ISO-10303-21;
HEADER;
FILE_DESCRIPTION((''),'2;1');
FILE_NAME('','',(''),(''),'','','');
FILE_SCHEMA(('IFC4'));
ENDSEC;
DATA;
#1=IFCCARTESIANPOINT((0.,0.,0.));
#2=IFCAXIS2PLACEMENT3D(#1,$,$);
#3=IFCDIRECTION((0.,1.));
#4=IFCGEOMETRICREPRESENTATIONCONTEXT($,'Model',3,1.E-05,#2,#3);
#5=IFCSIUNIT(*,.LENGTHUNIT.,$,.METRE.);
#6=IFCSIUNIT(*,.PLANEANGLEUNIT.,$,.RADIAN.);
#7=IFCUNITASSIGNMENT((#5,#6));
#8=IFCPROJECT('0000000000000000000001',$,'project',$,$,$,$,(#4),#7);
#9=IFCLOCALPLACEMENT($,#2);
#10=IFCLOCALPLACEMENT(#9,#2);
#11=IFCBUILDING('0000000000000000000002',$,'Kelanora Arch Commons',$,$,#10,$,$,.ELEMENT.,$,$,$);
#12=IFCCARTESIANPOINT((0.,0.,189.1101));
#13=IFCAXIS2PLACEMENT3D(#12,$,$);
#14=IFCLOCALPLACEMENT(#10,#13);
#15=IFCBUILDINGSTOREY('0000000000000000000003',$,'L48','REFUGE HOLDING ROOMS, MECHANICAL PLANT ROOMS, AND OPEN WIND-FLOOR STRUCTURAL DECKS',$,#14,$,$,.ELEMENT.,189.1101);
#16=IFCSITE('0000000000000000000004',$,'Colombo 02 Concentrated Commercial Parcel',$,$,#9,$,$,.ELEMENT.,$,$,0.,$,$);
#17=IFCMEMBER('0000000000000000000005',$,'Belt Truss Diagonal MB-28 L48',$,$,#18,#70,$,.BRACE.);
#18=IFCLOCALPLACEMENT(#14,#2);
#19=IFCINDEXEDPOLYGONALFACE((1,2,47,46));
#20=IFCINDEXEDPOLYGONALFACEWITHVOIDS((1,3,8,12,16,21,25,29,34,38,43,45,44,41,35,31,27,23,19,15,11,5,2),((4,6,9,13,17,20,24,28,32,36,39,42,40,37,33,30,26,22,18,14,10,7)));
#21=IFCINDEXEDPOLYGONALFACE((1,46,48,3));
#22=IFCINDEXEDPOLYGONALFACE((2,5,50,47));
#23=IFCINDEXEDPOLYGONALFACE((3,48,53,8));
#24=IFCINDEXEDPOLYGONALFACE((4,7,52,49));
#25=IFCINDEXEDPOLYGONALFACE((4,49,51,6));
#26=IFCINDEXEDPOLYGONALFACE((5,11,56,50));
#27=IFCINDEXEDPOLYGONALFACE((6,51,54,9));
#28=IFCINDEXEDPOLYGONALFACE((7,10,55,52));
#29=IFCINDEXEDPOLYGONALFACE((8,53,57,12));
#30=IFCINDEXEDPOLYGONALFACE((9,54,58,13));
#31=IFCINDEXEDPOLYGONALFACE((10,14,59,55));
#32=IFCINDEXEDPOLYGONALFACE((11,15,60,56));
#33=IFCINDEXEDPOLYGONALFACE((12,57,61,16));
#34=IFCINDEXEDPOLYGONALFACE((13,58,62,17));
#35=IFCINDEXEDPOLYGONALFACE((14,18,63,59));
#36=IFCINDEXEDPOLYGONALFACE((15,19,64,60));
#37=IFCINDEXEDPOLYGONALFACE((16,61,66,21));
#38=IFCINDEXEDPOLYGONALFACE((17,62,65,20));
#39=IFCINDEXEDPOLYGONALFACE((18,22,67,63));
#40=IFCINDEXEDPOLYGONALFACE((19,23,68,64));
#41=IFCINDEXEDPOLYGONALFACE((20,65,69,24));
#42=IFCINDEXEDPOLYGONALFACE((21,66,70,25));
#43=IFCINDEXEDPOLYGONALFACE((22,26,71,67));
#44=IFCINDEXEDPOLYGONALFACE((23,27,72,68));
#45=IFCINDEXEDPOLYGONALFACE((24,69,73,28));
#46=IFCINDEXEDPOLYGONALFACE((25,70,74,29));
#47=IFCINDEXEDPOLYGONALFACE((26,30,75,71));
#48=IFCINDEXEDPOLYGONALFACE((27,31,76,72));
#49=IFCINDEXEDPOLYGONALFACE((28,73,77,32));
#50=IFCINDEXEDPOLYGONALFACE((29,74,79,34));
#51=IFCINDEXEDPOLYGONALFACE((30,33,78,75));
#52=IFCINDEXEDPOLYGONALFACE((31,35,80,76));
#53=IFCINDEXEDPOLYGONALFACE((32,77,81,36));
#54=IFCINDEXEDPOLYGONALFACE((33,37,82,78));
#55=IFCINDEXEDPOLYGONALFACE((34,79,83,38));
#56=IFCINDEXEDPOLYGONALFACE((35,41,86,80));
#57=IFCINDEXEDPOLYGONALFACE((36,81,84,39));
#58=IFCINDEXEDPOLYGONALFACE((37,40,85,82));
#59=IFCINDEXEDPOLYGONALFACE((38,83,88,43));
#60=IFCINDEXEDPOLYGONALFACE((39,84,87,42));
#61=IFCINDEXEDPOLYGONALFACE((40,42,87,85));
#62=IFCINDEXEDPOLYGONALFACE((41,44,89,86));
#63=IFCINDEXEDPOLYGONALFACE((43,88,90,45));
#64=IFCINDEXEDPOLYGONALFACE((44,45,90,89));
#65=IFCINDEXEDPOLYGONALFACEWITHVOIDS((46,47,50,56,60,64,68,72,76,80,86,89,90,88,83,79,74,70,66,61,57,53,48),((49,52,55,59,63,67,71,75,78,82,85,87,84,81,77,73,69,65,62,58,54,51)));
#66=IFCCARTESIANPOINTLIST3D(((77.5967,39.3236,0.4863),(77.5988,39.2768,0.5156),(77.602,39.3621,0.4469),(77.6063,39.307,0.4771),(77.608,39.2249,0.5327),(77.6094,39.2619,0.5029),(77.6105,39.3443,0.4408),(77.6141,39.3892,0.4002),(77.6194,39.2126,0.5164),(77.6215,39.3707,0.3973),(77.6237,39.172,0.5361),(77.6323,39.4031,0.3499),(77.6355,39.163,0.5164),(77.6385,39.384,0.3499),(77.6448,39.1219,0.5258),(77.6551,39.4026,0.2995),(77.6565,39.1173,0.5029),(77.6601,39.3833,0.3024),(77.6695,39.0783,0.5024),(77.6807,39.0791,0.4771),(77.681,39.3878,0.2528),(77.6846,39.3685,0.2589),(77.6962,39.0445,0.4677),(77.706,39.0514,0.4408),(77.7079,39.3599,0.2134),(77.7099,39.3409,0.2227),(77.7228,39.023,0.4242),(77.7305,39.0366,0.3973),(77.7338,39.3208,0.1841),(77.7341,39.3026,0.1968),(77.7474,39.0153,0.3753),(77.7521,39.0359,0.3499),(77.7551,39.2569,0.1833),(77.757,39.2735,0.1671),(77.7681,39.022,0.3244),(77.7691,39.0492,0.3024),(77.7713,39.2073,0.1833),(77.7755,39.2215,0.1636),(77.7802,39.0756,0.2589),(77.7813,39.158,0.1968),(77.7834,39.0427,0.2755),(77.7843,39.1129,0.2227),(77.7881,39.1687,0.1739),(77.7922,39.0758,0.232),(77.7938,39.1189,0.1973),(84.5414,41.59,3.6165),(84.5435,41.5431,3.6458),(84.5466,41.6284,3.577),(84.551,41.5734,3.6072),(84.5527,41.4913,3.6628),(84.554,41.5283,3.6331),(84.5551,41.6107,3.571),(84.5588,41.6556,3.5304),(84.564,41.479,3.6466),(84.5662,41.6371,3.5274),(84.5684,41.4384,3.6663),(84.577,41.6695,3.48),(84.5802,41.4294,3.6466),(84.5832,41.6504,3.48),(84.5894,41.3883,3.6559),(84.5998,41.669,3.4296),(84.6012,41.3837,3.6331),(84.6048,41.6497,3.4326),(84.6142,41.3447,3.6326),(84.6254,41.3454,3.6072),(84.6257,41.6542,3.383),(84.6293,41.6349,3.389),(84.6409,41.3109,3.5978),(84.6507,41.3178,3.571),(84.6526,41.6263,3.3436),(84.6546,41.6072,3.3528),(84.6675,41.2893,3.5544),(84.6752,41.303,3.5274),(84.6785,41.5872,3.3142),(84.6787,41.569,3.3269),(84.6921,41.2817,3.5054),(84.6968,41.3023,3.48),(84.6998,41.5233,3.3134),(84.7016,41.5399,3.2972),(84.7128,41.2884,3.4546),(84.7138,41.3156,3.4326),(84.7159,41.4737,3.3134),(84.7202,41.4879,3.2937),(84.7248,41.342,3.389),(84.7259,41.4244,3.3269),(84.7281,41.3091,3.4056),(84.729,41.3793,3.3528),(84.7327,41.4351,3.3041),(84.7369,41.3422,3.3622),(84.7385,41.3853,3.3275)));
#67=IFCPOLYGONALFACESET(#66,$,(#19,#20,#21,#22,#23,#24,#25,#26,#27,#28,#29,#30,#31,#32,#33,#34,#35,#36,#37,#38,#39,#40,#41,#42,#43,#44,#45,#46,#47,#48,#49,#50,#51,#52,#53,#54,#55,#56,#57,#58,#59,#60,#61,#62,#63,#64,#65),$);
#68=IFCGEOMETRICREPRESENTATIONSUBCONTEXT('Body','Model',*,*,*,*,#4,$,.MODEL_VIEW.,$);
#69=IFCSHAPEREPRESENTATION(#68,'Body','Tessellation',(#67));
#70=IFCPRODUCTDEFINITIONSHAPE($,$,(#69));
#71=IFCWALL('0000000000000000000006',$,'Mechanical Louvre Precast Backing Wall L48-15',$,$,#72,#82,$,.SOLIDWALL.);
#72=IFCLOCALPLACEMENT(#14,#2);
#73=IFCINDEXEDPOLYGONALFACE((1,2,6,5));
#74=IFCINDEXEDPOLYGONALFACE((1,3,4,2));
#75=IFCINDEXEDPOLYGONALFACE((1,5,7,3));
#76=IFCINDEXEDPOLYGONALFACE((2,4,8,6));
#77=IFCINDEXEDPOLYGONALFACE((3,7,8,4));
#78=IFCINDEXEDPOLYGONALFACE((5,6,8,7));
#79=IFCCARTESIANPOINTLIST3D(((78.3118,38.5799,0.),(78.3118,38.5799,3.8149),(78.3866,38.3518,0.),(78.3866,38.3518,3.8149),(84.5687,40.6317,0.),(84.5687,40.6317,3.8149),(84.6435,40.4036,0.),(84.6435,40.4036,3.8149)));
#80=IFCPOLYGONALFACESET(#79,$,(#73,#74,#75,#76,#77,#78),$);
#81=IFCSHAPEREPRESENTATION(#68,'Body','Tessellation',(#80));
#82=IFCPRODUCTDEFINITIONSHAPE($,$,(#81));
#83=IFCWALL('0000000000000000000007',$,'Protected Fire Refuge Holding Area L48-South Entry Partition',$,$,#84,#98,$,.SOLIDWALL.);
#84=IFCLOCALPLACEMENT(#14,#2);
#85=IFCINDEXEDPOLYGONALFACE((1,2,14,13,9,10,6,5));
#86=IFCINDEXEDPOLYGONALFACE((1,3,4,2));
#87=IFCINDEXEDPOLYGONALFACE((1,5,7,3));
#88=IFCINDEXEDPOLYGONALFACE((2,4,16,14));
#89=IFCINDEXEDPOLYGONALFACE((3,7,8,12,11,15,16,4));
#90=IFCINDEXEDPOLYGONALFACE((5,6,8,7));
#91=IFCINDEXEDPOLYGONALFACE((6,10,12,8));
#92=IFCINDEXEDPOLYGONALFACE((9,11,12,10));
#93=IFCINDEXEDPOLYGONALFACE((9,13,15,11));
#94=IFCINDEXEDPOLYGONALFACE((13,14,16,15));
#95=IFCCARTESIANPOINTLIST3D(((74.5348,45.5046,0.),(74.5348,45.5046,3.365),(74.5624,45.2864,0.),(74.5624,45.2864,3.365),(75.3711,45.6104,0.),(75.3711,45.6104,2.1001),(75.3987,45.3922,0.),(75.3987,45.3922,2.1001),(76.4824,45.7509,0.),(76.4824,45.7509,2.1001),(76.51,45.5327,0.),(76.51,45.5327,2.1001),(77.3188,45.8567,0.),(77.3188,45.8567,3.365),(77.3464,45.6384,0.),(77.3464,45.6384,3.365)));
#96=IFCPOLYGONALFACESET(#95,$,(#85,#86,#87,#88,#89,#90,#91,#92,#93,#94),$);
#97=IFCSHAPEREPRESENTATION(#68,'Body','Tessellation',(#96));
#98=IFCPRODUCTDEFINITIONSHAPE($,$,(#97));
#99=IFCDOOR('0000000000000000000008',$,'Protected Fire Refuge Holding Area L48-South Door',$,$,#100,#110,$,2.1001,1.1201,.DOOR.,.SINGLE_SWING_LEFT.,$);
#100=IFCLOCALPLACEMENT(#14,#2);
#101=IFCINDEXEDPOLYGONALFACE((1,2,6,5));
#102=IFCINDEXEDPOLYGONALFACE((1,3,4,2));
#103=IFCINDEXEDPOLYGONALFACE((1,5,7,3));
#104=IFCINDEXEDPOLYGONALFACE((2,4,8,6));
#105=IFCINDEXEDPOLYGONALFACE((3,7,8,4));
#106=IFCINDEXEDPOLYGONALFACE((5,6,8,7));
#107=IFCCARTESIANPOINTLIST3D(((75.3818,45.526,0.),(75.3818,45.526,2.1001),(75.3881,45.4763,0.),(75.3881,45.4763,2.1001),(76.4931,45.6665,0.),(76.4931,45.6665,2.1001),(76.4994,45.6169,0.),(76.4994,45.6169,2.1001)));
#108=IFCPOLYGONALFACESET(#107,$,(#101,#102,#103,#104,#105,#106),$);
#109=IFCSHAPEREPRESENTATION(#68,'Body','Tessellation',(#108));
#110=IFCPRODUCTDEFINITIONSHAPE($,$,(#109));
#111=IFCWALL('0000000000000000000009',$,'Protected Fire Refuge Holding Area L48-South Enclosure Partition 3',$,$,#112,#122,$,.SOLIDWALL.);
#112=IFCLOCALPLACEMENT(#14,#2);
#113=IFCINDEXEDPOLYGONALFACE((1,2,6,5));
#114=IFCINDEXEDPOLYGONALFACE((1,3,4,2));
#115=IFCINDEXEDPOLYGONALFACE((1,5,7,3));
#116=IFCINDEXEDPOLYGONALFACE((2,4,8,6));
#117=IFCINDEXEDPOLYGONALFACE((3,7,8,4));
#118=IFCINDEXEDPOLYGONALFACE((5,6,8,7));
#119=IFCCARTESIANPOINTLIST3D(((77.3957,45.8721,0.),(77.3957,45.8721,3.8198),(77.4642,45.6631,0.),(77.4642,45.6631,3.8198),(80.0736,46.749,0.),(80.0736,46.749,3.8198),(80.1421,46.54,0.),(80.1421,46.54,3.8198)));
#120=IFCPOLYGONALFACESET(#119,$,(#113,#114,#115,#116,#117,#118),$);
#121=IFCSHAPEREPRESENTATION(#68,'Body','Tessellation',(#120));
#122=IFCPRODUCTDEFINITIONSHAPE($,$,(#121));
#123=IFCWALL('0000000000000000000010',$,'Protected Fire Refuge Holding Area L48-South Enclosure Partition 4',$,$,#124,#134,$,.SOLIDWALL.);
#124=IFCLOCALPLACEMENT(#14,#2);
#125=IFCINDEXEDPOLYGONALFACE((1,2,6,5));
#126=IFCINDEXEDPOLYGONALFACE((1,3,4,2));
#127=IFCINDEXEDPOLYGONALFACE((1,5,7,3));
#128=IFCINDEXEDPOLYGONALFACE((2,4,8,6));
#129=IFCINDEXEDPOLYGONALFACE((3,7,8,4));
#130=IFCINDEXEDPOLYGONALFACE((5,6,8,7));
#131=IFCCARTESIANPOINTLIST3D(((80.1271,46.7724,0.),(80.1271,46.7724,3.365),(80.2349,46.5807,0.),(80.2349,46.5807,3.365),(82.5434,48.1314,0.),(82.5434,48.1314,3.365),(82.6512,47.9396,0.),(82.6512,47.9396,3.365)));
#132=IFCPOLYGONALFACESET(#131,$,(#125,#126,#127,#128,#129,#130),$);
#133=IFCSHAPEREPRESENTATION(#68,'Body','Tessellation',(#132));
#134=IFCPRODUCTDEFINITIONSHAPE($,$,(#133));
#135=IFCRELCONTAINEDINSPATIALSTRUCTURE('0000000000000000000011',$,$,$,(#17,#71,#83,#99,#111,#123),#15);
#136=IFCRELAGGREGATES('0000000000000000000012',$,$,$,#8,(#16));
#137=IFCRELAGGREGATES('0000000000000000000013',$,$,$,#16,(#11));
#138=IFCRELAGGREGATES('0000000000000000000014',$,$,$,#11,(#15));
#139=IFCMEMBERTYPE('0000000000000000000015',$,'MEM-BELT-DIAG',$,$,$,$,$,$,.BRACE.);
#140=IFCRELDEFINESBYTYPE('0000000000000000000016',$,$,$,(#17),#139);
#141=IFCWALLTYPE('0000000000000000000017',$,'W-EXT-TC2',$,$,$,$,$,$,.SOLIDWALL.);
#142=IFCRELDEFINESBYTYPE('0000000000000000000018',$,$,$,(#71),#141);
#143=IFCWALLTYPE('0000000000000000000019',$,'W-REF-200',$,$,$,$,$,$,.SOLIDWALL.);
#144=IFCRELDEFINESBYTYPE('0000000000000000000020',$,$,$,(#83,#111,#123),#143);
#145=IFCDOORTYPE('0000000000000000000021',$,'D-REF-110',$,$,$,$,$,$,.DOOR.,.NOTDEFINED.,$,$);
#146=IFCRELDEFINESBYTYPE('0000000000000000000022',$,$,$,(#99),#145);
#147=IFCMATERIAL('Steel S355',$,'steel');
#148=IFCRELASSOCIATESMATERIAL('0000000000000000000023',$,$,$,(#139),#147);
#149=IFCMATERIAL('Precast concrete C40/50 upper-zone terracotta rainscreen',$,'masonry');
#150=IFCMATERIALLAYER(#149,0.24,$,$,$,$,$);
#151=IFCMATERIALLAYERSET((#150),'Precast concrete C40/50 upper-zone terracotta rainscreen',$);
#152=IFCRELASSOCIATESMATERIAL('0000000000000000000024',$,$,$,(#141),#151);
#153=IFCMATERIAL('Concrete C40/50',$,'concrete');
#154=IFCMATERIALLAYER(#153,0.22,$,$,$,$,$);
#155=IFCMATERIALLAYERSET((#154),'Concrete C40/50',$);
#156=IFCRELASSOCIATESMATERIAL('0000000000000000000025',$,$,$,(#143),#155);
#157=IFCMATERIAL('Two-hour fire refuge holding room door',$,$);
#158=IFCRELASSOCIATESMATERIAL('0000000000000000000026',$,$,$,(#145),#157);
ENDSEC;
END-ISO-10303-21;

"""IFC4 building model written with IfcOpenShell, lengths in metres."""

from ifc_helpers import new_model, si_unit, direction, frame, frame_2d, origin, origin_2d, place, context, subcontext, project, spatial, rectangle, hollow_circle, extrude, material, layer, layer_set, material_profile, profile_set, type_object, element, fill, save


model = new_model("IFC4")

# Units and contexts
model_context = context("Model", 3, precision=1e-05, world=origin(), true_north=direction((0.0, 1.0)))
body_context = subcontext(model_context, "Body", "Model", "MODEL_VIEW")
ifc_project = project(units=[si_unit("LENGTHUNIT", "METRE"), si_unit("PLANEANGLEUNIT", "RADIAN")], contexts=[model_context])

# Site, building, storey
site_placement = place(None, origin())
site = spatial("IfcSite", under=ifc_project, at=site_placement, Name="Colombo 02 Concentrated Commercial Parcel", CompositionType="ELEMENT", RefElevation=0.0)
building_placement = place(site_placement, origin())
building = spatial("IfcBuilding", under=site, at=building_placement, Name="Kelanora Arch Commons", CompositionType="ELEMENT")
storey_placement = place(building_placement, frame((0.0, 0.0, 189.1101)))
storey = spatial("IfcBuildingStorey", under=building, at=storey_placement, Name="L48", Description="REFUGE HOLDING ROOMS, MECHANICAL PLANT ROOMS, AND OPEN WIND-FLOOR STRUCTURAL DECKS", CompositionType="ELEMENT", Elevation=189.1101)

# Shared definitions
ifc_material_1 = material(Name="Steel S355", Category="steel")

# Member
ifc_material_profile_1 = material_profile(ifc_material_1, hollow_circle(Radius=0.2031, WallThickness=0.02, at=origin_2d()), Name="CHS406.4x20")
ifc_profile_set_1 = profile_set([ifc_material_profile_1], Name="Steel S355")
member_type = type_object("IfcMemberType", Name="MEM-BELT-DIAG", PredefinedType="BRACE", material=ifc_profile_set_1)
member_placement = place(storey_placement, frame((77.6953, 39.21, 0.3499), z_axis=(0.873817, 0.285169, 0.393855), x_axis=(-0.310246, 0.950656, 0.0)))
element("IfcMember", 1, at=member_placement, inside=storey, type_object=member_type, Name="Belt Truss Diagonal MB-28 L48", PredefinedType="BRACE", context=body_context, shape_type="SweptSolid", body=[
    extrude(hollow_circle(Radius=0.2031, WallThickness=0.02, at=origin_2d()), origin(), (0.0, 0.0, 1.0), 7.9475),
])

# Wall
ifc_material_2 = material(Name="Precast concrete C40/50 upper-zone terracotta rainscreen", Category="masonry")
ifc_layer_1 = layer(ifc_material_2, 0.24)
ifc_layer_set_1 = layer_set([ifc_layer_1], Name="Precast concrete C40/50 upper-zone terracotta rainscreen")
wall_type_1 = type_object("IfcWallType", Name="W-EXT-TC2", PredefinedType="SOLIDWALL", material=ifc_layer_set_1)
wall_1_placement = place(storey_placement, frame((78.3491, 38.4658, 0.0), z_axis=(0.0, 0.0, 1.0), x_axis=(0.950214, 0.311597, 0.0)))
element("IfcWall", 2, at=wall_1_placement, inside=storey, type_object=wall_type_1, Name="Mechanical Louvre Precast Backing Wall L48-15", PredefinedType="SOLIDWALL", context=body_context, shape_type="SweptSolid", body=[
    extrude(rectangle(XDim=6.5847, YDim=0.24, at=frame_2d((3.2925, 0.0))), origin(), (0.0, 0.0, 1.0), 3.8149),
])

# Wall, opening, door
ifc_material_3 = material(Name="Concrete C40/50", Category="concrete")
ifc_layer_2 = layer(ifc_material_3, 0.22)
ifc_layer_set_2 = layer_set([ifc_layer_2], Name="Concrete C40/50")
wall_type_2 = type_object("IfcWallType", Name="W-REF-200", PredefinedType="SOLIDWALL", material=ifc_layer_set_2)
wall_2_placement = place(storey_placement, frame((74.5486, 45.3955, 0.0), z_axis=(0.0, 0.0, 1.0), x_axis=(0.992099, 0.125459, 0.0)))
wall_2 = element("IfcWall", 3, at=wall_2_placement, inside=storey, type_object=wall_type_2, Name="Protected Fire Refuge Holding Area L48-South Entry Partition", PredefinedType="SOLIDWALL", context=body_context, shape_type="SweptSolid", body=[
    extrude(rectangle(XDim=2.8062, YDim=0.22, at=frame_2d((1.4031, 0.0))), origin(), (0.0, 0.0, 1.0), 3.365),
])
opening_placement = place(wall_2_placement, frame((0.843, 0.0, 0.0)))
opening = element("IfcOpeningElement", 4, at=opening_placement, cuts=wall_2, PredefinedType="OPENING", context=body_context, shape_type="SweptSolid", body=[
    extrude(rectangle(XDim=1.1201, YDim=2.1001, at=frame_2d((0.5601, 1.05))), frame((0.0, 0.1201, 0.0), z_axis=(0.0, -1.0, 0.0), x_axis=(1.0, 0.0, 0.0)), (0.0, 0.0, 1.0), 0.24),
])
ifc_material_4 = material(Name="Two-hour fire refuge holding room door")
door_type = type_object("IfcDoorType", Name="D-REF-110", OperationType="NOTDEFINED", PredefinedType="DOOR", material=ifc_material_4)
door_placement = place(opening_placement, origin())
door = element("IfcDoor", 5, at=door_placement, inside=storey, type_object=door_type, Name="Protected Fire Refuge Holding Area L48-South Door", OperationType="SINGLE_SWING_LEFT", OverallHeight=2.1001, OverallWidth=1.1201, PredefinedType="DOOR", context=body_context, shape_type="SweptSolid", body=[
    extrude(rectangle(XDim=1.1201, YDim=2.1001, at=frame_2d((0.5601, 1.05))), frame((0.0, 0.0249, 0.0), z_axis=(0.0, -1.0, 0.0), x_axis=(1.0, 0.0, 0.0)), (0.0, 0.0, 1.0), 0.05),
])
fill(opening, door)

# Walls
wall_3_placement = place(storey_placement, frame((77.4299, 45.7676, 0.0), z_axis=(0.0, 0.0, 1.0), x_axis=(0.950342, 0.311207, 0.0)))
element("IfcWall", 6, at=wall_3_placement, inside=storey, type_object=wall_type_2, Name="Protected Fire Refuge Holding Area L48-South Enclosure Partition 3", PredefinedType="SOLIDWALL", context=body_context, shape_type="SweptSolid", body=[
    extrude(rectangle(XDim=2.8179, YDim=0.22, at=frame_2d((1.4089, 0.0))), origin(), (0.0, 0.0, 1.0), 3.8198),
])
wall_4_placement = place(storey_placement, frame((80.1809, 46.6765, 0.0), z_axis=(0.0, 0.0, 1.0), x_axis=(0.871616, 0.49019, 0.0)))
element("IfcWall", 7, at=wall_4_placement, inside=storey, type_object=wall_type_2, Name="Protected Fire Refuge Holding Area L48-South Enclosure Partition 4", PredefinedType="SOLIDWALL", context=body_context, shape_type="SweptSolid", body=[
    extrude(rectangle(XDim=2.7722, YDim=0.22, at=frame_2d((1.3862, 0.0))), origin(), (0.0, 0.0, 1.0), 3.365),
])

save(model, "model.ifc")
